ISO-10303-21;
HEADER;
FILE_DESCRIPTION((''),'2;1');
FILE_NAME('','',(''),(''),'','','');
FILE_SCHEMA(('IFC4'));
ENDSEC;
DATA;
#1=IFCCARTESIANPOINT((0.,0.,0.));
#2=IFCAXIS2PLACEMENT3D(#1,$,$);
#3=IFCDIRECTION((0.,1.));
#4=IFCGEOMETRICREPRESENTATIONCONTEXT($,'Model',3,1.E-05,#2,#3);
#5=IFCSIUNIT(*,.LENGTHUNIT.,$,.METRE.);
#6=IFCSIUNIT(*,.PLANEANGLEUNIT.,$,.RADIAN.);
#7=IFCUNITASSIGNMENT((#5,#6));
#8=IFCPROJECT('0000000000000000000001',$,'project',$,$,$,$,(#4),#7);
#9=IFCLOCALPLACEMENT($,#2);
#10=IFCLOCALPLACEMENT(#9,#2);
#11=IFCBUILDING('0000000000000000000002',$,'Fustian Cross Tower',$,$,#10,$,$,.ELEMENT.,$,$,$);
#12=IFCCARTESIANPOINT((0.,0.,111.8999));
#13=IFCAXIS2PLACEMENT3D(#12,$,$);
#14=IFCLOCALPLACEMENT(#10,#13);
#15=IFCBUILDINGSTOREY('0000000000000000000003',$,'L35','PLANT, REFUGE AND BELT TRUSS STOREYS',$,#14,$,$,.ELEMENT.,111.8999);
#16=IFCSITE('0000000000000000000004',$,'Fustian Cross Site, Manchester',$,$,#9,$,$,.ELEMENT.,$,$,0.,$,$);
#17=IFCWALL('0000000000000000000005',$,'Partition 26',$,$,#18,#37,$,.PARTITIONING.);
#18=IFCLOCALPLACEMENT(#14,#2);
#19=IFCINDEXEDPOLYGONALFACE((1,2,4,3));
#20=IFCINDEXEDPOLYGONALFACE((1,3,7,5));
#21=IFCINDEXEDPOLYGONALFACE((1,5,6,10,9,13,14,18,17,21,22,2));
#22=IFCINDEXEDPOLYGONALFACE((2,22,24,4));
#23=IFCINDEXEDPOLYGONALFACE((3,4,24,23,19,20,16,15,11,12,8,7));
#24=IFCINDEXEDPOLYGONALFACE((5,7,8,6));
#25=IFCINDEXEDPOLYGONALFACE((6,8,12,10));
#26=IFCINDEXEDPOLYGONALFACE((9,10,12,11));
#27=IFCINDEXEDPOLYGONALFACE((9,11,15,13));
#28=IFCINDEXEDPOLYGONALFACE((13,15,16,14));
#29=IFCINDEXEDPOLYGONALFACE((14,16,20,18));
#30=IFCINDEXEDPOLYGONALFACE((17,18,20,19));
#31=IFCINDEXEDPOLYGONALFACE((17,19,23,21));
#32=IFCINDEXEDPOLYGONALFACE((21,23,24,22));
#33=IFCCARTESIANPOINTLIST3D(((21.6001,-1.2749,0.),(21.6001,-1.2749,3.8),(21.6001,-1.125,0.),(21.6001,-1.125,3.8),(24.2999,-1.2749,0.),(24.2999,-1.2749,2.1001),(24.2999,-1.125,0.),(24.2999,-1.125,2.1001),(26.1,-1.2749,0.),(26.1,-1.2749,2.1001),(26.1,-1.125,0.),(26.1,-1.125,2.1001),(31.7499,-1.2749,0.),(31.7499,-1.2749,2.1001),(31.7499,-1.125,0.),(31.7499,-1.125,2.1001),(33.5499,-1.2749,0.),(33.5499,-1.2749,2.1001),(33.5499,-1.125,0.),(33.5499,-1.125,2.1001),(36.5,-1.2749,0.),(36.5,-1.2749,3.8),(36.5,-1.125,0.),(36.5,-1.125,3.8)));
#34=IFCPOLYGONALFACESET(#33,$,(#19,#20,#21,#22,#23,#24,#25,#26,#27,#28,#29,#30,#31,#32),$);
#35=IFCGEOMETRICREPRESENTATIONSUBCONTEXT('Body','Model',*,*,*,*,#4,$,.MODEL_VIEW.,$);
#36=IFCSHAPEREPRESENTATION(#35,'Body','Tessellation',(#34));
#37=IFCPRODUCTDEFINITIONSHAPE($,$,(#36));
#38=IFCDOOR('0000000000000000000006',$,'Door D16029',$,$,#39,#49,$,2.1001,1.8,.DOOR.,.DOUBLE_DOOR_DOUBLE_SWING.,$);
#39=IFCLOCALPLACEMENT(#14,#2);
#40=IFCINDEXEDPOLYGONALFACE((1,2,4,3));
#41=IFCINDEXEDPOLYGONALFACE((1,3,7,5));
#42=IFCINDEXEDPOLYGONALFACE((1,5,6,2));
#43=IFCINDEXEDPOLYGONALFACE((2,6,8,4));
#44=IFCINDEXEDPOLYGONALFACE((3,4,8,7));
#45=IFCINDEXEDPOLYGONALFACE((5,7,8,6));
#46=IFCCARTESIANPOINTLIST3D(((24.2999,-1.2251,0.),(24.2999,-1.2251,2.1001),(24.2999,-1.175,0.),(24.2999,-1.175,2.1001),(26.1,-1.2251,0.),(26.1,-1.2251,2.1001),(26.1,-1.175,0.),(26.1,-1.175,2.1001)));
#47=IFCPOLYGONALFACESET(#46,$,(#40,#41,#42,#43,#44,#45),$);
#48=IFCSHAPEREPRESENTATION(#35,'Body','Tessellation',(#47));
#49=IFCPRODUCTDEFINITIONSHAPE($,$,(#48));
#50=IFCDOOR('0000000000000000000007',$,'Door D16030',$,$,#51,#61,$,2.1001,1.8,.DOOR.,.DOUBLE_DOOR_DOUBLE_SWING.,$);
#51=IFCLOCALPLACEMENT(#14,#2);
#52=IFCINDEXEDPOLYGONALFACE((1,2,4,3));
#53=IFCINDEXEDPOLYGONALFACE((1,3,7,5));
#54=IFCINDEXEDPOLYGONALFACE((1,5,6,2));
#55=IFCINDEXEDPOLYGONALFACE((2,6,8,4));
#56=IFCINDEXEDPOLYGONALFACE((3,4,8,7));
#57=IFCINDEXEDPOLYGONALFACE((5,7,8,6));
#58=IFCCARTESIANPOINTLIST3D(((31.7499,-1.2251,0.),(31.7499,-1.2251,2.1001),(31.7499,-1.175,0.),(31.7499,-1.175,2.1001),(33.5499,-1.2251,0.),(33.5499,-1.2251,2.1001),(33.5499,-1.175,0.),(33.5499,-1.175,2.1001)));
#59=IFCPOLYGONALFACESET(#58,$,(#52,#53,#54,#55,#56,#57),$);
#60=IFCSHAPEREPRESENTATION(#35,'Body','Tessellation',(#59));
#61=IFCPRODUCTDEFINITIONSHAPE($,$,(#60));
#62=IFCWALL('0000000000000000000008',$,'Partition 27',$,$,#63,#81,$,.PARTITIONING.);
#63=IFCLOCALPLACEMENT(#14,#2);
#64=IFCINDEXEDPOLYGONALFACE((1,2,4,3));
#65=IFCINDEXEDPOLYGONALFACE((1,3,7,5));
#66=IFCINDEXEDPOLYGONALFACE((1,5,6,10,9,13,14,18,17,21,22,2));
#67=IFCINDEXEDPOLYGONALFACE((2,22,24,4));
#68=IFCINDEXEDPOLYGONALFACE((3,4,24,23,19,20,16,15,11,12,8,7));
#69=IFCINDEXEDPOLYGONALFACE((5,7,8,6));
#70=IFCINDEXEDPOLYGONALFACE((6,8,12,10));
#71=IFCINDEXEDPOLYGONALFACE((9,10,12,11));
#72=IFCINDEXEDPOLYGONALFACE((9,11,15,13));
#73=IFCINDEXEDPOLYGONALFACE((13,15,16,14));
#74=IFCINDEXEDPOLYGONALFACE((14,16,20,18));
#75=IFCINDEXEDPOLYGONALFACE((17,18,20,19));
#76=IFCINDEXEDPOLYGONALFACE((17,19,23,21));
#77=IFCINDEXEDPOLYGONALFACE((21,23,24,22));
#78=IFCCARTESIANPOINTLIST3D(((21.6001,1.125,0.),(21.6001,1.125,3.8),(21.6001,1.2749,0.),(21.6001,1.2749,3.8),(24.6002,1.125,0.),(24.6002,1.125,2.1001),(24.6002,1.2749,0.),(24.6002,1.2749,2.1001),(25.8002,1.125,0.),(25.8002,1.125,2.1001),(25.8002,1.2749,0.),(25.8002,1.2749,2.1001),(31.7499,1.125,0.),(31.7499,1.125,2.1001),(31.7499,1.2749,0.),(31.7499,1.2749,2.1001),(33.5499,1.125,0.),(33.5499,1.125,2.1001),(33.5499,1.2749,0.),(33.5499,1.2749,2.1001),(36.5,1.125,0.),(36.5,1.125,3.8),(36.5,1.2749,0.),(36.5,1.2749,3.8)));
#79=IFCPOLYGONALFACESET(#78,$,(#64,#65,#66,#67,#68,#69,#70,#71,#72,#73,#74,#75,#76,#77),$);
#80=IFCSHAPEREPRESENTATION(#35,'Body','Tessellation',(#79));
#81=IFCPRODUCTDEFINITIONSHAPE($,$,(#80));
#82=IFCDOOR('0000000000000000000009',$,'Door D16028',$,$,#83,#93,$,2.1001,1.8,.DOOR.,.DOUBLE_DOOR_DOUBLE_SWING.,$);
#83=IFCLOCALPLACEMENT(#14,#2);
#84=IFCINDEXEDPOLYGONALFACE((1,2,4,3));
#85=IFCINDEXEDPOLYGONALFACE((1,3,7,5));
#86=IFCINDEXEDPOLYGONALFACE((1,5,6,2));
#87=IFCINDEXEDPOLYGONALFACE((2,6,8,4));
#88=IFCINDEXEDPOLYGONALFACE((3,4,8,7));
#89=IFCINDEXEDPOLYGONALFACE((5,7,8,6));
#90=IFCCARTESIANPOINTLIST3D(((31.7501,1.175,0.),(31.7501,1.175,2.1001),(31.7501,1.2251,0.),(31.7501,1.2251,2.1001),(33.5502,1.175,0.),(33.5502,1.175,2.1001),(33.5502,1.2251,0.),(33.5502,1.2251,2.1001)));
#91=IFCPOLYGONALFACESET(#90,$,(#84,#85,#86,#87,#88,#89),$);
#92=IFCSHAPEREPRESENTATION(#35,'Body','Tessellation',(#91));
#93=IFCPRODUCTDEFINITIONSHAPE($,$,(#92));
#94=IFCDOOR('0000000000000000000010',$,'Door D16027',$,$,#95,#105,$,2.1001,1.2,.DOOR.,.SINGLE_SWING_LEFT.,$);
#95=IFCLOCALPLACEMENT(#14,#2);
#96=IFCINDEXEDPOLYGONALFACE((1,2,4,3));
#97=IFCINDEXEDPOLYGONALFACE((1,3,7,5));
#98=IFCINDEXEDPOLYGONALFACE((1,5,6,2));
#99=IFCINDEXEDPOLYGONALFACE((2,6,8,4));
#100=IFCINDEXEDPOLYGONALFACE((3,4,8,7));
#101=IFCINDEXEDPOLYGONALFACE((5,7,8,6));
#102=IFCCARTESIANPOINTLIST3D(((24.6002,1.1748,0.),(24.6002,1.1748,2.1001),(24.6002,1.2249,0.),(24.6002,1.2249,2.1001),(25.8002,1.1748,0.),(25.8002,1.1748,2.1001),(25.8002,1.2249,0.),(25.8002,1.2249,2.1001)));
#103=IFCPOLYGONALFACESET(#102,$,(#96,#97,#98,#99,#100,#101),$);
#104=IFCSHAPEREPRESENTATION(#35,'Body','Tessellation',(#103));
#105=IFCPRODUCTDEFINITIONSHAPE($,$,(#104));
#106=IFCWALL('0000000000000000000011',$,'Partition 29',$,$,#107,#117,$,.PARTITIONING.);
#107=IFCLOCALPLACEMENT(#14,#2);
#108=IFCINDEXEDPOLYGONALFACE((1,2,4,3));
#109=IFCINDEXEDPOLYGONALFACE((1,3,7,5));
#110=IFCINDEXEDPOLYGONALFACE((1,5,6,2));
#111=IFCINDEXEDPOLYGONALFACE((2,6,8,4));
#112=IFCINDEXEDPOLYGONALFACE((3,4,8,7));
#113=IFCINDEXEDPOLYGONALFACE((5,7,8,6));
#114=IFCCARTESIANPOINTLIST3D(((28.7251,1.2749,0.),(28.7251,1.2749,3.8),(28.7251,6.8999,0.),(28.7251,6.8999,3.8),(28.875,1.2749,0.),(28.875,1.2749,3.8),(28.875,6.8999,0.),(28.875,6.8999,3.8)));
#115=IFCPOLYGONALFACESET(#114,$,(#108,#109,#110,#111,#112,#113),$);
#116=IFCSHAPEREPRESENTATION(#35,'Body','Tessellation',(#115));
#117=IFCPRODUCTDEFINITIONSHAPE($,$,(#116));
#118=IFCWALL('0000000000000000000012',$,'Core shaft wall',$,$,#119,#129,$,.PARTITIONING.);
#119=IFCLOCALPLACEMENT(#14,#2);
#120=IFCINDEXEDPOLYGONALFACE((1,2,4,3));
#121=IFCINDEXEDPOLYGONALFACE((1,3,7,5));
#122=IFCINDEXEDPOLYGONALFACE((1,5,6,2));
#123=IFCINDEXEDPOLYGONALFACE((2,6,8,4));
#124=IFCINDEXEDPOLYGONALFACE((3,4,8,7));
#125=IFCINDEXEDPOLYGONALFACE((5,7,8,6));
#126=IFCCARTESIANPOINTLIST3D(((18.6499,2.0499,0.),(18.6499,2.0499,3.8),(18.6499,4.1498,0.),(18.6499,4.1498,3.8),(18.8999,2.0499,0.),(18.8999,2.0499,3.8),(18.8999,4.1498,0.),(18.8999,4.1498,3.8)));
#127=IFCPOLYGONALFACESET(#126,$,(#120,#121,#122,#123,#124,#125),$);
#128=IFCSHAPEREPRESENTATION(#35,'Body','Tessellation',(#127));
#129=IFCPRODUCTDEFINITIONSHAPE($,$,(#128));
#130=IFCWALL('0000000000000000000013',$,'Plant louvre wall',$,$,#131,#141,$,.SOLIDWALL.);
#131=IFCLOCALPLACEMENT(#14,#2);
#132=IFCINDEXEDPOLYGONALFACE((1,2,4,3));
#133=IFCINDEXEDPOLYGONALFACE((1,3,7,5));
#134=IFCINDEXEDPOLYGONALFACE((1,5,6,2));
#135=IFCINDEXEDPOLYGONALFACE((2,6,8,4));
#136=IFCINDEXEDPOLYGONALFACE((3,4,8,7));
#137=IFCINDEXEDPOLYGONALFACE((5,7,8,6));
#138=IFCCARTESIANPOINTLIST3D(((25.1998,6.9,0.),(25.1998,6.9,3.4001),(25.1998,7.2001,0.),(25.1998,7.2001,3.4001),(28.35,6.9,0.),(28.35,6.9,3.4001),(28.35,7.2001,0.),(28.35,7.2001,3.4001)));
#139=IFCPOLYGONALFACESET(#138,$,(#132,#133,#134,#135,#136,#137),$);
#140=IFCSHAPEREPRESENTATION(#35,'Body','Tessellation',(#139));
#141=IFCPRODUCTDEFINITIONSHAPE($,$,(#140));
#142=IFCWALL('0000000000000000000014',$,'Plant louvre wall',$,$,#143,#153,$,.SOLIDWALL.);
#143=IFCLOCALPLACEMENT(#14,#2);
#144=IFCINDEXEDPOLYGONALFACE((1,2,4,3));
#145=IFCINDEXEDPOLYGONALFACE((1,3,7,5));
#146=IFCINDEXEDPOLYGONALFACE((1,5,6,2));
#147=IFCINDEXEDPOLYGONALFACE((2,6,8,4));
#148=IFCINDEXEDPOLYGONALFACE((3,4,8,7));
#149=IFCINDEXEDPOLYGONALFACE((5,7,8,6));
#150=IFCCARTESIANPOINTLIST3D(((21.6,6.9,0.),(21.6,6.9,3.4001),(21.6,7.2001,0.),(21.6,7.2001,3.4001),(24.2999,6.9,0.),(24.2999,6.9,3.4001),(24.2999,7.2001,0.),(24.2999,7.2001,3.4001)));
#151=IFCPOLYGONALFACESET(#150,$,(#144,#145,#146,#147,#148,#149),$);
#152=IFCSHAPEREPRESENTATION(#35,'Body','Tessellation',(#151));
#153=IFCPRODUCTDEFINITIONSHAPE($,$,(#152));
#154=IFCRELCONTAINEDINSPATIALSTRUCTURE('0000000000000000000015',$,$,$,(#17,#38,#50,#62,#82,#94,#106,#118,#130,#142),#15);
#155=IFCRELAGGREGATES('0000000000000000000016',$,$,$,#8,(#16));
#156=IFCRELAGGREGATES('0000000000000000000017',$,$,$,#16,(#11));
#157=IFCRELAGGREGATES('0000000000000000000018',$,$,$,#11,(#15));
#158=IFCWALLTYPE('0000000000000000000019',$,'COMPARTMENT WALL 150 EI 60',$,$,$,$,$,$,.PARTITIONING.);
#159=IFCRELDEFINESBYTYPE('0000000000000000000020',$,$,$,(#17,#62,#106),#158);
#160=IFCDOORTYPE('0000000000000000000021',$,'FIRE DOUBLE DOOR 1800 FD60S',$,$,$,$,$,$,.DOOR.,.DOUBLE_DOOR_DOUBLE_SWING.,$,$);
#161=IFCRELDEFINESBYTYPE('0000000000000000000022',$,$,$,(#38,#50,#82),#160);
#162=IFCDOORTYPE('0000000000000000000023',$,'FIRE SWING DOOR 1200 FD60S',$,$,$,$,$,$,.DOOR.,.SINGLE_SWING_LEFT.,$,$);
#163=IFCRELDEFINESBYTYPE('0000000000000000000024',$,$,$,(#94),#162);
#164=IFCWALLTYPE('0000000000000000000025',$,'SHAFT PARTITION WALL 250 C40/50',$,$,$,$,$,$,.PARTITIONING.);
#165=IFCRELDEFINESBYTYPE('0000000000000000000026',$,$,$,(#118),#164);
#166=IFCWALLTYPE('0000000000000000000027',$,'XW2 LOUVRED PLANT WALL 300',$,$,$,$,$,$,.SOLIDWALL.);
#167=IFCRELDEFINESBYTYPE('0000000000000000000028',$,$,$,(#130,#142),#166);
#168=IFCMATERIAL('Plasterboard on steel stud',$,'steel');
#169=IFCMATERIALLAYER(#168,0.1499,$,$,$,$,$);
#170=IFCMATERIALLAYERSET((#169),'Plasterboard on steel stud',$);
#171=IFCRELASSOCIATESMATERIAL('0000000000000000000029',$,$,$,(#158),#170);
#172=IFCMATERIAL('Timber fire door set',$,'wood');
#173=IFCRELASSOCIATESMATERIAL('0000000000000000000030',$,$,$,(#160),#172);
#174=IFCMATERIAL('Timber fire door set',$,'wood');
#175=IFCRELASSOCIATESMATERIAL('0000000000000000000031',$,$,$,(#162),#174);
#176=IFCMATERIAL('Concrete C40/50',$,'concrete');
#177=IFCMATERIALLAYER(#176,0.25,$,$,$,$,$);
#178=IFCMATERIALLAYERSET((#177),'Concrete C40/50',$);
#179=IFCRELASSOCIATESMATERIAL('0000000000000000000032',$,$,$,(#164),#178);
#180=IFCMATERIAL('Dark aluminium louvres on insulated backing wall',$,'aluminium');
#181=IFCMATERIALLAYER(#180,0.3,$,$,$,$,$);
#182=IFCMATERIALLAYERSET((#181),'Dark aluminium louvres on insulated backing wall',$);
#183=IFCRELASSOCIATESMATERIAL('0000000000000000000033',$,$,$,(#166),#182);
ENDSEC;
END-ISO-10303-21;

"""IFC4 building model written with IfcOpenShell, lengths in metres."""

from ifc_helpers import new_model, si_unit, direction, frame, frame_2d, origin, place, context, subcontext, project, spatial, rectangle, extrude, material, layer, layer_set, type_object, element, fill, save


model = new_model("IFC4")

# Units and contexts
model_context = context("Model", 3, precision=1e-05, world=origin(), true_north=direction((0.0, 1.0)))
body_context = subcontext(model_context, "Body", "Model", "MODEL_VIEW")
ifc_project = project(units=[si_unit("LENGTHUNIT", "METRE"), si_unit("PLANEANGLEUNIT", "RADIAN")], contexts=[model_context])

# Site, building, storey
site_placement = place(None, origin())
site = spatial("IfcSite", under=ifc_project, at=site_placement, Name="Fustian Cross Site, Manchester", CompositionType="ELEMENT", RefElevation=0.0)
building_placement = place(site_placement, origin())
building = spatial("IfcBuilding", under=site, at=building_placement, Name="Fustian Cross Tower", CompositionType="ELEMENT")
storey_placement = place(building_placement, frame((0.0, 0.0, 111.8999)))
storey = spatial("IfcBuildingStorey", under=building, at=storey_placement, Name="L35", Description="PLANT, REFUGE AND BELT TRUSS STOREYS", CompositionType="ELEMENT", Elevation=111.8999)

# Walls, openings, doors
ifc_material_1 = material(Name="Plasterboard on steel stud", Category="steel")
ifc_layer_1 = layer(ifc_material_1, 0.1499)
ifc_layer_set_1 = layer_set([ifc_layer_1], Name="Plasterboard on steel stud")
wall_type_1 = type_object("IfcWallType", Name="COMPARTMENT WALL 150 EI 60", PredefinedType="PARTITIONING", material=ifc_layer_set_1)
wall_1_placement = place(storey_placement, frame((21.6001, -1.2, 0.0), z_axis=(0.0, 0.0, 1.0), x_axis=(1.0, 0.0, 0.0)))
wall_1 = element("IfcWall", 1, at=wall_1_placement, inside=storey, type_object=wall_type_1, Name="Partition 26", PredefinedType="PARTITIONING", context=body_context, shape_type="SweptSolid", body=[
    extrude(rectangle(XDim=14.8999, YDim=0.1499, at=frame_2d((7.45, 0.0))), origin(), (0.0, 0.0, 1.0), 3.8),
])
opening_1_placement = place(wall_1_placement, frame((2.7, 0.0, 0.0)))
opening_1 = element("IfcOpeningElement", 2, at=opening_1_placement, cuts=wall_1, PredefinedType="OPENING", context=body_context, shape_type="SweptSolid", body=[
    extrude(rectangle(XDim=1.8, YDim=2.1001, at=frame_2d((0.8999, 1.05))), frame((0.0, 0.085, 0.0), z_axis=(0.0, -1.0, 0.0), x_axis=(1.0, 0.0, 0.0)), (0.0, 0.0, 1.0), 0.1699),
])
opening_2_placement = place(wall_1_placement, frame((10.1499, 0.0, 0.0)))
opening_2 = element("IfcOpeningElement", 3, at=opening_2_placement, cuts=wall_1, PredefinedType="OPENING", context=body_context, shape_type="SweptSolid", body=[
    extrude(rectangle(XDim=1.8, YDim=2.1001, at=frame_2d((0.8999, 1.05))), frame((0.0, 0.085, 0.0), z_axis=(0.0, -1.0, 0.0), x_axis=(1.0, 0.0, 0.0)), (0.0, 0.0, 1.0), 0.1699),
])
ifc_material_2 = material(Name="Timber fire door set", Category="wood")
door_type_1 = type_object("IfcDoorType", Name="FIRE DOUBLE DOOR 1800 FD60S", OperationType="DOUBLE_DOOR_DOUBLE_SWING", PredefinedType="DOOR", material=ifc_material_2)
door_1_placement = place(opening_1_placement, origin())
door_1 = element("IfcDoor", 4, at=door_1_placement, inside=storey, type_object=door_type_1, Name="Door D16029", OperationType="DOUBLE_DOOR_DOUBLE_SWING", OverallHeight=2.1001, OverallWidth=1.8, PredefinedType="DOOR", context=body_context, shape_type="SweptSolid", body=[
    extrude(rectangle(XDim=1.8, YDim=2.1001, at=frame_2d((0.8999, 1.05))), frame((0.0, 0.0249, 0.0), z_axis=(0.0, -1.0, 0.0), x_axis=(1.0, 0.0, 0.0)), (0.0, 0.0, 1.0), 0.05),
])
fill(opening_1, door_1)
door_2_placement = place(opening_2_placement, origin())
door_2 = element("IfcDoor", 5, at=door_2_placement, inside=storey, type_object=door_type_1, Name="Door D16030", OperationType="DOUBLE_DOOR_DOUBLE_SWING", OverallHeight=2.1001, OverallWidth=1.8, PredefinedType="DOOR", context=body_context, shape_type="SweptSolid", body=[
    extrude(rectangle(XDim=1.8, YDim=2.1001, at=frame_2d((0.8999, 1.05))), frame((0.0, 0.0249, 0.0), z_axis=(0.0, -1.0, 0.0), x_axis=(1.0, 0.0, 0.0)), (0.0, 0.0, 1.0), 0.05),
])
fill(opening_2, door_2)
wall_2_placement = place(storey_placement, frame((21.6001, 1.2, 0.0), z_axis=(0.0, 0.0, 1.0), x_axis=(1.0, 0.0, 0.0)))
wall_2 = element("IfcWall", 6, at=wall_2_placement, inside=storey, type_object=wall_type_1, Name="Partition 27", PredefinedType="PARTITIONING", context=body_context, shape_type="SweptSolid", body=[
    extrude(rectangle(XDim=14.8999, YDim=0.1499, at=frame_2d((7.45, 0.0))), origin(), (0.0, 0.0, 1.0), 3.8),
])
opening_3_placement = place(wall_2_placement, frame((3.0, 0.0, 0.0)))
opening_3 = element("IfcOpeningElement", 7, at=opening_3_placement, cuts=wall_2, PredefinedType="OPENING", context=body_context, shape_type="SweptSolid", body=[
    extrude(rectangle(XDim=1.2, YDim=2.1001, at=frame_2d((0.6001, 1.05))), frame((0.0, 0.085, 0.0), z_axis=(0.0, -1.0, 0.0), x_axis=(1.0, 0.0, 0.0)), (0.0, 0.0, 1.0), 0.1699),
])
opening_4_placement = place(wall_2_placement, frame((10.1499, 0.0, 0.0)))
opening_4 = element("IfcOpeningElement", 8, at=opening_4_placement, cuts=wall_2, PredefinedType="OPENING", context=body_context, shape_type="SweptSolid", body=[
    extrude(rectangle(XDim=1.8, YDim=2.1001, at=frame_2d((0.8999, 1.05))), frame((0.0, 0.085, 0.0), z_axis=(0.0, -1.0, 0.0), x_axis=(1.0, 0.0, 0.0)), (0.0, 0.0, 1.0), 0.1699),
])
door_3_placement = place(opening_4_placement, frame((1.8, 0.0, 0.0), z_axis=(0.0, 0.0, 1.0), x_axis=(-1.0, 0.0, 0.0)))
door_3 = element("IfcDoor", 9, at=door_3_placement, inside=storey, type_object=door_type_1, Name="Door D16028", OperationType="DOUBLE_DOOR_DOUBLE_SWING", OverallHeight=2.1001, OverallWidth=1.8, PredefinedType="DOOR", context=body_context, shape_type="SweptSolid", body=[
    extrude(rectangle(XDim=1.8, YDim=2.1001, at=frame_2d((0.8999, 1.05))), frame((0.0, 0.0249, 0.0), z_axis=(0.0, -1.0, 0.0), x_axis=(1.0, 0.0, 0.0)), (0.0, 0.0, 1.0), 0.05),
])
fill(opening_4, door_3)
ifc_material_3 = material(Name="Timber fire door set", Category="wood")
door_type_2 = type_object("IfcDoorType", Name="FIRE SWING DOOR 1200 FD60S", OperationType="SINGLE_SWING_LEFT", PredefinedType="DOOR", material=ifc_material_3)
door_4_placement = place(opening_3_placement, origin())
door_4 = element("IfcDoor", 10, at=door_4_placement, inside=storey, type_object=door_type_2, Name="Door D16027", OperationType="SINGLE_SWING_LEFT", OverallHeight=2.1001, OverallWidth=1.2, PredefinedType="DOOR", context=body_context, shape_type="SweptSolid", body=[
    extrude(rectangle(XDim=1.2, YDim=2.1001, at=frame_2d((0.6001, 1.05))), frame((0.0, 0.0249, 0.0), z_axis=(0.0, -1.0, 0.0), x_axis=(1.0, 0.0, 0.0)), (0.0, 0.0, 1.0), 0.05),
])
fill(opening_3, door_4)

# Walls
wall_3_placement = place(storey_placement, frame((28.8, 1.2749, 0.0), z_axis=(0.0, 0.0, 1.0), x_axis=(0.0, 1.0, 0.0)))
element("IfcWall", 11, at=wall_3_placement, inside=storey, type_object=wall_type_1, Name="Partition 29", PredefinedType="PARTITIONING", context=body_context, shape_type="SweptSolid", body=[
    extrude(rectangle(XDim=5.625, YDim=0.1499, at=frame_2d((2.8125, 0.0))), origin(), (0.0, 0.0, 1.0), 3.8),
])
ifc_material_4 = material(Name="Concrete C40/50", Category="concrete")
ifc_layer_2 = layer(ifc_material_4, 0.25)
ifc_layer_set_2 = layer_set([ifc_layer_2], Name="Concrete C40/50")
wall_type_2 = type_object("IfcWallType", Name="SHAFT PARTITION WALL 250 C40/50", PredefinedType="PARTITIONING", material=ifc_layer_set_2)
wall_4_placement = place(storey_placement, frame((18.7749, 2.05, 0.0), z_axis=(0.0, 0.0, 1.0), x_axis=(0.0, 1.0, 0.0)))
element("IfcWall", 12, at=wall_4_placement, inside=storey, type_object=wall_type_2, Name="Core shaft wall", PredefinedType="PARTITIONING", context=body_context, shape_type="SweptSolid", body=[
    extrude(rectangle(XDim=2.0999, YDim=0.25, at=frame_2d((1.0498, 0.0))), origin(), (0.0, 0.0, 1.0), 3.8),
])
ifc_material_5 = material(Name="Dark aluminium louvres on insulated backing wall", Category="aluminium")
ifc_layer_3 = layer(ifc_material_5, 0.3)
ifc_layer_set_3 = layer_set([ifc_layer_3], Name="Dark aluminium louvres on insulated backing wall")
wall_type_3 = type_object("IfcWallType", Name="XW2 LOUVRED PLANT WALL 300", PredefinedType="SOLIDWALL", material=ifc_layer_set_3)
wall_5_placement = place(storey_placement, frame((28.3501, 7.05, 0.0), z_axis=(0.0, 0.0, 1.0), x_axis=(-1.0, 0.0, 0.0)))
element("IfcWall", 13, at=wall_5_placement, inside=storey, type_object=wall_type_3, Name="Plant louvre wall", PredefinedType="SOLIDWALL", context=body_context, shape_type="SweptSolid", body=[
    extrude(rectangle(XDim=3.1501, YDim=0.3, at=frame_2d((1.5752, 0.0))), origin(), (0.0, 0.0, 1.0), 3.4001),
])
wall_6_placement = place(storey_placement, frame((24.3, 7.05, 0.0), z_axis=(0.0, 0.0, 1.0), x_axis=(-1.0, 0.0, 0.0)))
element("IfcWall", 14, at=wall_6_placement, inside=storey, type_object=wall_type_3, Name="Plant louvre wall", PredefinedType="SOLIDWALL", context=body_context, shape_type="SweptSolid", body=[
    extrude(rectangle(XDim=2.7, YDim=0.3, at=frame_2d((1.3501, 0.0))), origin(), (0.0, 0.0, 1.0), 3.4001),
])

save(model, "model.ifc")
